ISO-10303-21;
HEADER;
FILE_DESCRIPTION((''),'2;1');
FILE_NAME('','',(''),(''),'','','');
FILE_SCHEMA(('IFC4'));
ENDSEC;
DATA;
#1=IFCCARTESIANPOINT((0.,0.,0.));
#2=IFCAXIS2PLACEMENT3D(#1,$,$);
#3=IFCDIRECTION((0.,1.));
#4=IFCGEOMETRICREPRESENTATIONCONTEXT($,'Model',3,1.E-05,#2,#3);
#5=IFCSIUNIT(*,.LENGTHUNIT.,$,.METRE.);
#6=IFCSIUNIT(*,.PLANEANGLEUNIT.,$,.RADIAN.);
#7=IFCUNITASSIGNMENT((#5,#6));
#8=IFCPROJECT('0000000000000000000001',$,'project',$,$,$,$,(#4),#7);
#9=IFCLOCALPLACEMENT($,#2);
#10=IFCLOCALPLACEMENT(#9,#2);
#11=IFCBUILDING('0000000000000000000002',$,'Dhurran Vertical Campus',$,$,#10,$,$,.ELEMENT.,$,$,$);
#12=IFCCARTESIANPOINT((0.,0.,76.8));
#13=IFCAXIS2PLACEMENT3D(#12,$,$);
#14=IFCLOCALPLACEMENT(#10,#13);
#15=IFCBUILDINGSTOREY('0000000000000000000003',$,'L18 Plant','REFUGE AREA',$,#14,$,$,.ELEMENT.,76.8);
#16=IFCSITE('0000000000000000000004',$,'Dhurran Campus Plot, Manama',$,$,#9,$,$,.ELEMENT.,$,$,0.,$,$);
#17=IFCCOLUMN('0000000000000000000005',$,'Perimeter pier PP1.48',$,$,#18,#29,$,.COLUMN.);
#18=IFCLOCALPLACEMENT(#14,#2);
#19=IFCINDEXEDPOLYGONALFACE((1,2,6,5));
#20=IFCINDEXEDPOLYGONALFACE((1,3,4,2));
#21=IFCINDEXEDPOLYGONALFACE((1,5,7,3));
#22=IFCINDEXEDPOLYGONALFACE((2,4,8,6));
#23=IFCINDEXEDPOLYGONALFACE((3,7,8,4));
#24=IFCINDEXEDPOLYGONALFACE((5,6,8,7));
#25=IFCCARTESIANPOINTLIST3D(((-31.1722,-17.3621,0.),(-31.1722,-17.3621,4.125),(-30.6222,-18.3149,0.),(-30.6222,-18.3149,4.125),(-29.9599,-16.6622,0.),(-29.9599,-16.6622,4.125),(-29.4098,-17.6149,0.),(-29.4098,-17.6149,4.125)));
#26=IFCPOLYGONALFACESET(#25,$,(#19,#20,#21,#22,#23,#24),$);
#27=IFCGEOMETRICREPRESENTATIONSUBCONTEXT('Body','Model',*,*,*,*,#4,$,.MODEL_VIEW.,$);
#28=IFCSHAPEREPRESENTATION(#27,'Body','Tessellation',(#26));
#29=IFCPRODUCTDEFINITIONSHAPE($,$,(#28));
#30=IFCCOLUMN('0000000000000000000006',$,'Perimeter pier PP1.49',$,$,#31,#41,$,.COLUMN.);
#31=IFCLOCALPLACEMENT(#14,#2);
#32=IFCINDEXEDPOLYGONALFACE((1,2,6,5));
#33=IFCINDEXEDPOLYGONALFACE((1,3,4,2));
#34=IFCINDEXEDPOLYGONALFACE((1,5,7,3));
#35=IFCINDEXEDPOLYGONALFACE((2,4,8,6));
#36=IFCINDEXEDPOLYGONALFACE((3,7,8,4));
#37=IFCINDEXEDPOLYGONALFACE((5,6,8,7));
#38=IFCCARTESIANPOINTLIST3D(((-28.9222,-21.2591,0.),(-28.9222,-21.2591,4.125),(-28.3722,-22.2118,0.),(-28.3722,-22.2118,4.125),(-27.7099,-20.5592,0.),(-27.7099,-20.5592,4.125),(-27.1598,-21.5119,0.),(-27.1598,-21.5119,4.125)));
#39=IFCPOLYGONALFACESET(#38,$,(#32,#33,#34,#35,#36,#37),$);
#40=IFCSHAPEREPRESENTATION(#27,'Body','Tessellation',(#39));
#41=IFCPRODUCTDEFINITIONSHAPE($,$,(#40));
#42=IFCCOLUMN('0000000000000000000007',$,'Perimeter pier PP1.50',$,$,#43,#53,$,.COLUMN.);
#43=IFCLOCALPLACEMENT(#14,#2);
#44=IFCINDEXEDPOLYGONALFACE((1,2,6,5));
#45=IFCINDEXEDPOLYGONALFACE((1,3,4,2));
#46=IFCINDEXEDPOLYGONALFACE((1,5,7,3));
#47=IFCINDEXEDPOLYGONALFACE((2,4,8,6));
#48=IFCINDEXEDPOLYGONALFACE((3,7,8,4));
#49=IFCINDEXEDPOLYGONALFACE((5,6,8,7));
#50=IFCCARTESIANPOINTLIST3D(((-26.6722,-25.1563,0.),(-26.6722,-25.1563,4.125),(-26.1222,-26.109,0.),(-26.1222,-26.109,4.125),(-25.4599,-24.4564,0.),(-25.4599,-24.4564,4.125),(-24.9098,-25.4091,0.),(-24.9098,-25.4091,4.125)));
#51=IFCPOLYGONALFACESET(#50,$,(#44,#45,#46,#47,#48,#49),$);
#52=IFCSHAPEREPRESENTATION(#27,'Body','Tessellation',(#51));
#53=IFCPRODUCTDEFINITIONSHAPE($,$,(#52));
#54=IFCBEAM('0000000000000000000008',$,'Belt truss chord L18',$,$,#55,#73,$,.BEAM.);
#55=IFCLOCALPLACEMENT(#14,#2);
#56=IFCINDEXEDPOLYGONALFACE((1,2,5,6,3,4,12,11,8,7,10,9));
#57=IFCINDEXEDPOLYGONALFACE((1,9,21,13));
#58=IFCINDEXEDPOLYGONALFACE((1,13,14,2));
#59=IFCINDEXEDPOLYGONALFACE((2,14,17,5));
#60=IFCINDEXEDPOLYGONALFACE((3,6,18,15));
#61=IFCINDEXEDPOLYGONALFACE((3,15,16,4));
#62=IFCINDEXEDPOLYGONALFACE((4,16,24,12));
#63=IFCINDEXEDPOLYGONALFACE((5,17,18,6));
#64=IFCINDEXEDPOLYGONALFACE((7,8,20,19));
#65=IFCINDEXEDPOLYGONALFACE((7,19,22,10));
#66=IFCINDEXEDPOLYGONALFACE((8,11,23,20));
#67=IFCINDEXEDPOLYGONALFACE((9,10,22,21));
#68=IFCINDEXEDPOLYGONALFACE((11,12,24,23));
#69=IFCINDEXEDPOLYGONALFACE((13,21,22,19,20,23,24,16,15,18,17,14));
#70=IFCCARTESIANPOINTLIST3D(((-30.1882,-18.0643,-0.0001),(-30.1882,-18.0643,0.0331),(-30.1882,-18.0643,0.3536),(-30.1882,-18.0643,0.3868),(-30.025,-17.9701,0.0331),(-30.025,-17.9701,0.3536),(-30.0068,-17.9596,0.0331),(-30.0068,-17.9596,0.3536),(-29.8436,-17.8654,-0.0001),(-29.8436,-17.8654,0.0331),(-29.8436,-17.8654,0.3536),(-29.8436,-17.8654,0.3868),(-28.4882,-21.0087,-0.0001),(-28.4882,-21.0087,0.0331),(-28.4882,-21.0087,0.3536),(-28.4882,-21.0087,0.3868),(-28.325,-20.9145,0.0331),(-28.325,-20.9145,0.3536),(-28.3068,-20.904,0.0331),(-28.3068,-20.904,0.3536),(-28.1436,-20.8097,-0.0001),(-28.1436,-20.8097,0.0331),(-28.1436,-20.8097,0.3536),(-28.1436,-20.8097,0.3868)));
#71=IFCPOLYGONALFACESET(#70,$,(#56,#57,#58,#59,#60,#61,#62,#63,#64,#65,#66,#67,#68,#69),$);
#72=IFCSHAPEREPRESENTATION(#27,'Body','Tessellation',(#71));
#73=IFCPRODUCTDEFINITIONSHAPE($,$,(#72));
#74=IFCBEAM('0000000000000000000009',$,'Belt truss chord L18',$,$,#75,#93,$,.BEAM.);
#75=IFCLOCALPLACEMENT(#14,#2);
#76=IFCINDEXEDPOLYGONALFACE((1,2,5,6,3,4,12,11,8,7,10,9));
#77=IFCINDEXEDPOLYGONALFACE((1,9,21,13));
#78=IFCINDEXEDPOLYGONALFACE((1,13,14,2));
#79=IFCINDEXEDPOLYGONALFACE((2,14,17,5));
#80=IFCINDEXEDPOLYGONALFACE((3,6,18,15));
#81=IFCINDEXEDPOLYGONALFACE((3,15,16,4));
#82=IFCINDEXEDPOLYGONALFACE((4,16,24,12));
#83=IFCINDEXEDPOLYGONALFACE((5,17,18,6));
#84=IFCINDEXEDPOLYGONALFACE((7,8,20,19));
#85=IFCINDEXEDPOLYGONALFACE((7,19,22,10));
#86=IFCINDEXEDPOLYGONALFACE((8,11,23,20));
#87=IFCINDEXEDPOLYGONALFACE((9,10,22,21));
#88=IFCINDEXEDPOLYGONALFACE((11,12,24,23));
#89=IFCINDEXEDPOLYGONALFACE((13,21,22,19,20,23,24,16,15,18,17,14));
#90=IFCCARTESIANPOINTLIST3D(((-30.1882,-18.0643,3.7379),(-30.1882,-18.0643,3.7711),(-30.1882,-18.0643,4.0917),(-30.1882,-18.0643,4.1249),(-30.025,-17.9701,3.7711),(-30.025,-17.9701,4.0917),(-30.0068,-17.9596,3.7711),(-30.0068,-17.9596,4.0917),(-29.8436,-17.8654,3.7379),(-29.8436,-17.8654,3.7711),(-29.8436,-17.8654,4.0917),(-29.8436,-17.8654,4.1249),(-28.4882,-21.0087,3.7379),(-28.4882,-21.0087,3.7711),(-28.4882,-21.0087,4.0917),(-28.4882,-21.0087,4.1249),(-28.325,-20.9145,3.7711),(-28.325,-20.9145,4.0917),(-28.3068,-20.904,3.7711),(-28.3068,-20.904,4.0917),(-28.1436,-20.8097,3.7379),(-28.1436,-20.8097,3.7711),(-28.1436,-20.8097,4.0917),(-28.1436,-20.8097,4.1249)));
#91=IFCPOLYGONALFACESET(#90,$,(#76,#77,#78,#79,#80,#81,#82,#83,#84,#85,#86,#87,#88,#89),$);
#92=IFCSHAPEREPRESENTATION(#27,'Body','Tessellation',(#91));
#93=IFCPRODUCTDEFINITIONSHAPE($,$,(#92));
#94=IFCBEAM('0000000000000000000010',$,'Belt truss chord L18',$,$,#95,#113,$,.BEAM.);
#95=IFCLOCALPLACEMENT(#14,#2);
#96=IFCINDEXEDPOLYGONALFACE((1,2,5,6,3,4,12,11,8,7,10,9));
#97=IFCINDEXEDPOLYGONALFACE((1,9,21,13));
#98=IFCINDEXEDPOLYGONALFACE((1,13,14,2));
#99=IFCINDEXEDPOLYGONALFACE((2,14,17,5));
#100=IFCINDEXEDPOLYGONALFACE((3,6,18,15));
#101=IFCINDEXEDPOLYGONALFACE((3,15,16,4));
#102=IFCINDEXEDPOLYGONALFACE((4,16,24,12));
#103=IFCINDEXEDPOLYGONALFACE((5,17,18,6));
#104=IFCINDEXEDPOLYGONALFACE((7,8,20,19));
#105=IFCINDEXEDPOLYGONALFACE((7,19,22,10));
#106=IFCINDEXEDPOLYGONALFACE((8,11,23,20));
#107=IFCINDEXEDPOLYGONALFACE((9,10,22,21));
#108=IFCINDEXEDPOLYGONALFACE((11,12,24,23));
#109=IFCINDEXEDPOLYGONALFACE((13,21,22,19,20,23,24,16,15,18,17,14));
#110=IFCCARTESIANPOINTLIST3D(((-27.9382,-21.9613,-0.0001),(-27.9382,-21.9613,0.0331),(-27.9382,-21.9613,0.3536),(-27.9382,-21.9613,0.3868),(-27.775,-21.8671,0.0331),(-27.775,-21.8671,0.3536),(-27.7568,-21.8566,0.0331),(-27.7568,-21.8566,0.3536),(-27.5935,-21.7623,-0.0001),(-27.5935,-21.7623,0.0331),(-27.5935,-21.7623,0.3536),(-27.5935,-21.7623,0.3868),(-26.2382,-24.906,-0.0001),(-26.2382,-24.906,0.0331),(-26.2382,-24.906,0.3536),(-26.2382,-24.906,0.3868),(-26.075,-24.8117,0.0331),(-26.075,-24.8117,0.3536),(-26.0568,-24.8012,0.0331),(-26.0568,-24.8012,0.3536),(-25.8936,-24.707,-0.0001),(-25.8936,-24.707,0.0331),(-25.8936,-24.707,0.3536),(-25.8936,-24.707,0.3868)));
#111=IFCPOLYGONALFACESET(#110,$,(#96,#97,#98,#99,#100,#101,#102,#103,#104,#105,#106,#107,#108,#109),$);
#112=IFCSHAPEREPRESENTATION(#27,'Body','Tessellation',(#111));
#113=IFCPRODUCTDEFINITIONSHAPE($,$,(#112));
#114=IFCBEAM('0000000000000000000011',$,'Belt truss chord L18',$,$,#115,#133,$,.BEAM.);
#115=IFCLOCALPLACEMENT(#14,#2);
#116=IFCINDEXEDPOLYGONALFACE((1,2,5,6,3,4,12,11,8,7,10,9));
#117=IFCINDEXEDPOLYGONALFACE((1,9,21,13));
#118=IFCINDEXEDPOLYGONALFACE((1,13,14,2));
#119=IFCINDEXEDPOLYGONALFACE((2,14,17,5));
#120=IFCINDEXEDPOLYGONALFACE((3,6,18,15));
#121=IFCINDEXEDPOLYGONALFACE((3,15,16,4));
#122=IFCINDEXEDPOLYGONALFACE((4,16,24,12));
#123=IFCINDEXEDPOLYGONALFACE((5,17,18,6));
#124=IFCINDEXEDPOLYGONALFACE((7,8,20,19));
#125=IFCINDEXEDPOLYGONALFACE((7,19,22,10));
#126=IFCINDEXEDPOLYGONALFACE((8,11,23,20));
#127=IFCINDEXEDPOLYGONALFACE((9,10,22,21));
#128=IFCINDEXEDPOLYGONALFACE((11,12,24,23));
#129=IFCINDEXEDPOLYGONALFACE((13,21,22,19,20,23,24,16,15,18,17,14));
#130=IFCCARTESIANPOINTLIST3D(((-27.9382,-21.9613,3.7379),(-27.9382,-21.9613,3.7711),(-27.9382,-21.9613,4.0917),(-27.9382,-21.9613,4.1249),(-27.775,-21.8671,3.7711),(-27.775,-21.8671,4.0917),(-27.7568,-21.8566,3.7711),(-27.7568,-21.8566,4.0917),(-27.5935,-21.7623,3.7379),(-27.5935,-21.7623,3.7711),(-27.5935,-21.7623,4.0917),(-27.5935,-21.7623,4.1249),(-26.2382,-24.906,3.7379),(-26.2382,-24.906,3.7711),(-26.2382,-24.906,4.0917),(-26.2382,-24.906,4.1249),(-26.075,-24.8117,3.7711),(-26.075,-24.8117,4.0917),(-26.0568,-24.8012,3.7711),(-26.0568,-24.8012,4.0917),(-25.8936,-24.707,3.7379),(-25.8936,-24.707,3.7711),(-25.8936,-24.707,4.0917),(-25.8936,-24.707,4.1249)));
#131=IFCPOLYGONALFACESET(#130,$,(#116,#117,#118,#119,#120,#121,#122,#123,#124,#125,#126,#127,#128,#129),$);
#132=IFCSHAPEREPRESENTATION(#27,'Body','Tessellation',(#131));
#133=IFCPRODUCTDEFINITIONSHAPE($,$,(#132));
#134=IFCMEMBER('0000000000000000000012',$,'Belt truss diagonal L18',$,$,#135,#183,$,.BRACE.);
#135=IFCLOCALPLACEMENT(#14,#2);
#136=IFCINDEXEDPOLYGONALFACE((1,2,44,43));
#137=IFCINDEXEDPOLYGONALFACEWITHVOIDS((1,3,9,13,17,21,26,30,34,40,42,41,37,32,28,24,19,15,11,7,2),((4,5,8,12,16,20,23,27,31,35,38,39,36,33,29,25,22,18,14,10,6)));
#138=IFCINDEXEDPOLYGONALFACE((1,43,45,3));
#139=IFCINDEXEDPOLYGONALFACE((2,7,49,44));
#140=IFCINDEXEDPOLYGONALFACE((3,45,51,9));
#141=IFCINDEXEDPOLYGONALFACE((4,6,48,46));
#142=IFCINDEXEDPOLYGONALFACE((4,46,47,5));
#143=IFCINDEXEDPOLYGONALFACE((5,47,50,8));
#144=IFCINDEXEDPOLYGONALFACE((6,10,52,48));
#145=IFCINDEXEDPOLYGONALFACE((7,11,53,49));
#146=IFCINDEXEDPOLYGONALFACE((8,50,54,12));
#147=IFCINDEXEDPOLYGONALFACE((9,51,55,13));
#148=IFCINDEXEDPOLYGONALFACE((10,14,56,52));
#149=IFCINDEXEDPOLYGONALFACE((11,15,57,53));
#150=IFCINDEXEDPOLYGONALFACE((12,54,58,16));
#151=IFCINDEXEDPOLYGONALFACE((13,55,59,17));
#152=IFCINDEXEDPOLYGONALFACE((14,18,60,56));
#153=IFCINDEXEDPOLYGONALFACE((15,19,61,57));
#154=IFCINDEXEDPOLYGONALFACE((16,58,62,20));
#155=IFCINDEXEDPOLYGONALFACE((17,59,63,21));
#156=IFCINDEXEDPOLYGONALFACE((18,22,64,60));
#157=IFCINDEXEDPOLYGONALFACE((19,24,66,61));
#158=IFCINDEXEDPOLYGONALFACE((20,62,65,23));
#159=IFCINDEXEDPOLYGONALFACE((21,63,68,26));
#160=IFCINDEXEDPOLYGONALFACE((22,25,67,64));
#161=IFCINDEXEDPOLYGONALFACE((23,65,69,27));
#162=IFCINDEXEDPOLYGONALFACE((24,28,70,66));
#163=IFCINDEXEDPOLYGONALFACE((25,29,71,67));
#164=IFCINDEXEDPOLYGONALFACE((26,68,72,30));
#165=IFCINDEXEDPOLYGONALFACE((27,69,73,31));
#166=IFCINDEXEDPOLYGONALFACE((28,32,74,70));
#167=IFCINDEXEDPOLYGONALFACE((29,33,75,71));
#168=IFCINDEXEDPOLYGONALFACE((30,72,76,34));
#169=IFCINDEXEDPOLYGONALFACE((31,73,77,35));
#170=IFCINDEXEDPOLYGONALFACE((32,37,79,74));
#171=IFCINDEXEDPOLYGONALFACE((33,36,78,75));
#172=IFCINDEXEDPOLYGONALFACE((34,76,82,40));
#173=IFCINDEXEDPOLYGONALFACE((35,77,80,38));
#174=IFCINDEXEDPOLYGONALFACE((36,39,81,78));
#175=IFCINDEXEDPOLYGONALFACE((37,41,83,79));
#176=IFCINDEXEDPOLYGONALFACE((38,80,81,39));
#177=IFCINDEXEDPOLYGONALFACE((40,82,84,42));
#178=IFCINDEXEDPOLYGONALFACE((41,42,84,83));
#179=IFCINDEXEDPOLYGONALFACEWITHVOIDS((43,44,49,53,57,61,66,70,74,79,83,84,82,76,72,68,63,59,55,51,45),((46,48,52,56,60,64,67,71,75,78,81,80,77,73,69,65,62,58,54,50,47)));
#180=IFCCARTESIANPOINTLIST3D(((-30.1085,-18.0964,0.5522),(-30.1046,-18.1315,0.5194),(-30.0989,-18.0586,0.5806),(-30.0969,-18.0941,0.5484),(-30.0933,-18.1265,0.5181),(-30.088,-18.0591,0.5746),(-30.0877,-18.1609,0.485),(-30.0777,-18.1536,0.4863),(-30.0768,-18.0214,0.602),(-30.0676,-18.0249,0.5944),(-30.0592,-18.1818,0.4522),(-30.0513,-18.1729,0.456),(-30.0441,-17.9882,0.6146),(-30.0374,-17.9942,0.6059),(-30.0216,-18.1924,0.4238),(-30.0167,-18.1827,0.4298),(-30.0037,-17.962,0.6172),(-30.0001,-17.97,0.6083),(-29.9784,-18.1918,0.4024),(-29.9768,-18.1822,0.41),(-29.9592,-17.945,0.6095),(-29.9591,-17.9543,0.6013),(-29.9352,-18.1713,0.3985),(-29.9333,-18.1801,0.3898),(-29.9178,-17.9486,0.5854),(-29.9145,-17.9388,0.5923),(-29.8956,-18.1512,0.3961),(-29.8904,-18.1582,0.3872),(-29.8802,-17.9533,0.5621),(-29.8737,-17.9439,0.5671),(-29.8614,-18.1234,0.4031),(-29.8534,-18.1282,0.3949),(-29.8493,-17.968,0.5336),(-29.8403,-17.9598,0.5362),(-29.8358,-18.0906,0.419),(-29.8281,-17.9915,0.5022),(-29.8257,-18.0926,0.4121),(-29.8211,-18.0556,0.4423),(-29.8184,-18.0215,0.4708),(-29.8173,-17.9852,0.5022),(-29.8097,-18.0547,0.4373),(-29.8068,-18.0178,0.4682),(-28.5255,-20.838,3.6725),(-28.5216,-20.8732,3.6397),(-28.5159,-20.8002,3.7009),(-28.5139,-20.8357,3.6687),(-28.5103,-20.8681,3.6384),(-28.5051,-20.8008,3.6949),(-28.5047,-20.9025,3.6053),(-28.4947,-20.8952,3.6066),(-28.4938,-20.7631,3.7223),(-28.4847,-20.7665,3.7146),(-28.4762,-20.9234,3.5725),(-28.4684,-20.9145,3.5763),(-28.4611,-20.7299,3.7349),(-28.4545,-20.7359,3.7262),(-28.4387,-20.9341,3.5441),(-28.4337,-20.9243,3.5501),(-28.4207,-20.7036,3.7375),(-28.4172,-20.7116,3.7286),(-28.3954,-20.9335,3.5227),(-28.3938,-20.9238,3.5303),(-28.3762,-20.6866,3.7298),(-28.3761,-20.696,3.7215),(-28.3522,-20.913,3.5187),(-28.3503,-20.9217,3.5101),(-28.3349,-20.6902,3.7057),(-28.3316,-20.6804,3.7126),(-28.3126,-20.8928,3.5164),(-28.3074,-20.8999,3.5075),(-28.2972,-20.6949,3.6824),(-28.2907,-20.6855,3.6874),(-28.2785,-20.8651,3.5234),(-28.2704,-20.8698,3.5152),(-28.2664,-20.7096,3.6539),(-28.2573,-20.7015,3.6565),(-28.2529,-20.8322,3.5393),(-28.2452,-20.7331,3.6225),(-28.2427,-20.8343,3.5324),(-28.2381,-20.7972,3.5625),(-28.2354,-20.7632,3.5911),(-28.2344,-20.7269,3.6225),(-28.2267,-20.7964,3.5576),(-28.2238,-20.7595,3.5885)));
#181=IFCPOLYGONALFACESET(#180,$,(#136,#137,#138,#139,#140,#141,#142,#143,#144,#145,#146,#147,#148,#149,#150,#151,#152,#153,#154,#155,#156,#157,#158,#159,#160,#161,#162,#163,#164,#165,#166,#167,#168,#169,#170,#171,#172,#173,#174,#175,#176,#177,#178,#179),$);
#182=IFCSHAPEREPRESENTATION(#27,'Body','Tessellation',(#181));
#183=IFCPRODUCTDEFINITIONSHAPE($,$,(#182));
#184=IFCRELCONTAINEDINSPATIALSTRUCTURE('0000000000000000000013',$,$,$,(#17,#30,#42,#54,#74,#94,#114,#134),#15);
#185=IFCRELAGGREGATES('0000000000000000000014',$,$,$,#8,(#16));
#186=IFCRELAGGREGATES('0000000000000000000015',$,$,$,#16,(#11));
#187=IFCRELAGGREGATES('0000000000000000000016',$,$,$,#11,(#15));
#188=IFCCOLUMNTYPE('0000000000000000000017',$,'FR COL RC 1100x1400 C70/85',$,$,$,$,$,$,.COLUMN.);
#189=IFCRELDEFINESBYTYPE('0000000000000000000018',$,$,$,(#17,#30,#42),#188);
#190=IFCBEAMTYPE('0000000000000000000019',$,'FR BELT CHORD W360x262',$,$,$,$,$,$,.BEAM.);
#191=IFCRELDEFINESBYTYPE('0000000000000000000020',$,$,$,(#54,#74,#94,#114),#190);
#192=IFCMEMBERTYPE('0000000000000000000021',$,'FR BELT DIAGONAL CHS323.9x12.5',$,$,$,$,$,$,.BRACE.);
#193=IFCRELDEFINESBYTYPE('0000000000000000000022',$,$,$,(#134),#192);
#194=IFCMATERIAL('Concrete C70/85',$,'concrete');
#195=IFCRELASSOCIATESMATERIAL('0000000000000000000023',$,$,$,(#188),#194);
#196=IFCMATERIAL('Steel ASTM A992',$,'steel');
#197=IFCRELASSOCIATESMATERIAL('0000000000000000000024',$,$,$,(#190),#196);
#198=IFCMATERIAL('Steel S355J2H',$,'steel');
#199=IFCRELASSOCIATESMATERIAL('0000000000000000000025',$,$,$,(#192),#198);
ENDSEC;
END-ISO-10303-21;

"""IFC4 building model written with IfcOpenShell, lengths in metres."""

from ifc_helpers import new_model, si_unit, direction, frame, origin, origin_2d, place, context, subcontext, project, spatial, rectangle, hollow_circle, i_section, extrude, material, material_profile, profile_set, type_object, element, save


model = new_model("IFC4")

# Units and contexts
model_context = context("Model", 3, precision=1e-05, world=origin(), true_north=direction((0.0, 1.0)))
body_context = subcontext(model_context, "Body", "Model", "MODEL_VIEW")
ifc_project = project(units=[si_unit("LENGTHUNIT", "METRE"), si_unit("PLANEANGLEUNIT", "RADIAN")], contexts=[model_context])

# Site, building, storey
site_placement = place(None, origin())
site = spatial("IfcSite", under=ifc_project, at=site_placement, Name="Dhurran Campus Plot, Manama", CompositionType="ELEMENT", RefElevation=0.0)
building_placement = place(site_placement, origin())
building = spatial("IfcBuilding", under=site, at=building_placement, Name="Dhurran Vertical Campus", CompositionType="ELEMENT")
storey_placement = place(building_placement, frame((0.0, 0.0, 76.8)))
storey = spatial("IfcBuildingStorey", under=building, at=storey_placement, Name="L18 Plant", Description="REFUGE AREA", CompositionType="ELEMENT", Elevation=76.8)

# Columns
ifc_material_1 = material(Name="Concrete C70/85", Category="concrete")
ifc_material_profile_1 = material_profile(ifc_material_1, rectangle(XDim=1.1001, YDim=1.3999, at=origin_2d()), Name="RC 1100x1400")
ifc_profile_set_1 = profile_set([ifc_material_profile_1], Name="Concrete C70/85")
column_type = type_object("IfcColumnType", Name="FR COL RC 1100x1400 C70/85", PredefinedType="COLUMN", material=ifc_profile_set_1)
for number, where, z_axis, x_axis, name in (
    (1, (-30.291, -17.4885, 0.0), (0.0, 0.0, 1.0), (0.5, -0.866025, 0.0), "Perimeter pier PP1.48"),
    (2, (-28.041, -21.3855, 0.0), (0.0, 0.0, 1.0), (0.5, -0.866025, 0.0), "Perimeter pier PP1.49"),
    (3, (-25.791, -25.2827, 0.0), (0.0, 0.0, 1.0), (0.5, -0.866025, 0.0), "Perimeter pier PP1.50"),
):
    element("IfcColumn", number, at=place(storey_placement, frame(where, z_axis=z_axis, x_axis=x_axis)), inside=storey, type_object=column_type, Name=name, PredefinedType="COLUMN", context=body_context, shape_type="SweptSolid", body=[
        extrude(rectangle(XDim=1.1001, YDim=1.3999, at=origin_2d()), origin(), (0.0, 0.0, 1.0), 4.125),
    ])

# Beams
ifc_material_2 = material(Name="Steel ASTM A992", Category="steel")
ifc_material_profile_2 = material_profile(ifc_material_2, i_section(OverallWidth=0.3979, OverallDepth=0.387, WebThickness=0.021, FlangeThickness=0.0332, at=origin_2d()), Name="W360x262")
ifc_profile_set_2 = profile_set([ifc_material_profile_2], Name="Steel ASTM A992")
beam_type = type_object("IfcBeamType", Name="FR BELT CHORD W360x262", PredefinedType="BEAM", material=ifc_profile_set_2)
for number, where, z_axis, x_axis, name in (
    (4, (-30.0159, -17.9648, 0.1934), (0.500008, -0.866021, 0.0), (0.866021, 0.500008, 0.0), "Belt truss chord L18"),
    (5, (-30.0159, -17.9648, 3.9314), (0.500008, -0.866021, 0.0), (0.866021, 0.500008, 0.0), "Belt truss chord L18"),
):
    element("IfcBeam", number, at=place(storey_placement, frame(where, z_axis=z_axis, x_axis=x_axis)), inside=storey, type_object=beam_type, Name=name, PredefinedType="BEAM", context=body_context, shape_type="SweptSolid", body=[
        extrude(i_section(OverallWidth=0.3979, OverallDepth=0.387, WebThickness=0.021, FlangeThickness=0.0332, at=origin_2d()), origin(), (0.0, 0.0, 1.0), 3.3999),
    ])
for number, where, z_axis, x_axis, name in (
    (6, (-27.7659, -21.8618, 0.1934), (0.499977, -0.866039, 0.0), (0.866039, 0.499977, 0.0), "Belt truss chord L18"),
    (7, (-27.7659, -21.8618, 3.9314), (0.499977, -0.866039, 0.0), (0.866039, 0.499977, 0.0), "Belt truss chord L18"),
):
    element("IfcBeam", number, at=place(storey_placement, frame(where, z_axis=z_axis, x_axis=x_axis)), inside=storey, type_object=beam_type, Name=name, PredefinedType="BEAM", context=body_context, shape_type="SweptSolid", body=[
        extrude(i_section(OverallWidth=0.3979, OverallDepth=0.387, WebThickness=0.021, FlangeThickness=0.0332, at=origin_2d()), origin(), (0.0, 0.0, 1.0), 3.4001),
    ])

# Member
ifc_material_3 = material(Name="Steel S355J2H", Category="steel")
ifc_material_profile_3 = material_profile(ifc_material_3, hollow_circle(Radius=0.1619, WallThickness=0.0125, at=origin_2d()), Name="CHS323.9x12.5")
ifc_profile_set_3 = profile_set([ifc_material_profile_3], Name="Steel S355J2H")
member_type = type_object("IfcMemberType", Name="FR BELT DIAGONAL CHS323.9x12.5", PredefinedType="BRACE", material=ifc_profile_set_3)
for number, where, z_axis, x_axis, name in (
    (8, (-29.9575, -18.0662, 0.5022), (0.356119, -0.616782, 0.701968), (0.866013, 0.500021, 0.0), "Belt truss diagonal L18"),
):
    element("IfcMember", number, at=place(storey_placement, frame(where, z_axis=z_axis, x_axis=x_axis)), inside=storey, type_object=member_type, Name=name, PredefinedType="BRACE", context=body_context, shape_type="SweptSolid", body=[
        extrude(hollow_circle(Radius=0.1619, WallThickness=0.0125, at=origin_2d()), origin(), (0.0, 0.0, 1.0), 4.4451),
    ])

save(model, "model.ifc")
